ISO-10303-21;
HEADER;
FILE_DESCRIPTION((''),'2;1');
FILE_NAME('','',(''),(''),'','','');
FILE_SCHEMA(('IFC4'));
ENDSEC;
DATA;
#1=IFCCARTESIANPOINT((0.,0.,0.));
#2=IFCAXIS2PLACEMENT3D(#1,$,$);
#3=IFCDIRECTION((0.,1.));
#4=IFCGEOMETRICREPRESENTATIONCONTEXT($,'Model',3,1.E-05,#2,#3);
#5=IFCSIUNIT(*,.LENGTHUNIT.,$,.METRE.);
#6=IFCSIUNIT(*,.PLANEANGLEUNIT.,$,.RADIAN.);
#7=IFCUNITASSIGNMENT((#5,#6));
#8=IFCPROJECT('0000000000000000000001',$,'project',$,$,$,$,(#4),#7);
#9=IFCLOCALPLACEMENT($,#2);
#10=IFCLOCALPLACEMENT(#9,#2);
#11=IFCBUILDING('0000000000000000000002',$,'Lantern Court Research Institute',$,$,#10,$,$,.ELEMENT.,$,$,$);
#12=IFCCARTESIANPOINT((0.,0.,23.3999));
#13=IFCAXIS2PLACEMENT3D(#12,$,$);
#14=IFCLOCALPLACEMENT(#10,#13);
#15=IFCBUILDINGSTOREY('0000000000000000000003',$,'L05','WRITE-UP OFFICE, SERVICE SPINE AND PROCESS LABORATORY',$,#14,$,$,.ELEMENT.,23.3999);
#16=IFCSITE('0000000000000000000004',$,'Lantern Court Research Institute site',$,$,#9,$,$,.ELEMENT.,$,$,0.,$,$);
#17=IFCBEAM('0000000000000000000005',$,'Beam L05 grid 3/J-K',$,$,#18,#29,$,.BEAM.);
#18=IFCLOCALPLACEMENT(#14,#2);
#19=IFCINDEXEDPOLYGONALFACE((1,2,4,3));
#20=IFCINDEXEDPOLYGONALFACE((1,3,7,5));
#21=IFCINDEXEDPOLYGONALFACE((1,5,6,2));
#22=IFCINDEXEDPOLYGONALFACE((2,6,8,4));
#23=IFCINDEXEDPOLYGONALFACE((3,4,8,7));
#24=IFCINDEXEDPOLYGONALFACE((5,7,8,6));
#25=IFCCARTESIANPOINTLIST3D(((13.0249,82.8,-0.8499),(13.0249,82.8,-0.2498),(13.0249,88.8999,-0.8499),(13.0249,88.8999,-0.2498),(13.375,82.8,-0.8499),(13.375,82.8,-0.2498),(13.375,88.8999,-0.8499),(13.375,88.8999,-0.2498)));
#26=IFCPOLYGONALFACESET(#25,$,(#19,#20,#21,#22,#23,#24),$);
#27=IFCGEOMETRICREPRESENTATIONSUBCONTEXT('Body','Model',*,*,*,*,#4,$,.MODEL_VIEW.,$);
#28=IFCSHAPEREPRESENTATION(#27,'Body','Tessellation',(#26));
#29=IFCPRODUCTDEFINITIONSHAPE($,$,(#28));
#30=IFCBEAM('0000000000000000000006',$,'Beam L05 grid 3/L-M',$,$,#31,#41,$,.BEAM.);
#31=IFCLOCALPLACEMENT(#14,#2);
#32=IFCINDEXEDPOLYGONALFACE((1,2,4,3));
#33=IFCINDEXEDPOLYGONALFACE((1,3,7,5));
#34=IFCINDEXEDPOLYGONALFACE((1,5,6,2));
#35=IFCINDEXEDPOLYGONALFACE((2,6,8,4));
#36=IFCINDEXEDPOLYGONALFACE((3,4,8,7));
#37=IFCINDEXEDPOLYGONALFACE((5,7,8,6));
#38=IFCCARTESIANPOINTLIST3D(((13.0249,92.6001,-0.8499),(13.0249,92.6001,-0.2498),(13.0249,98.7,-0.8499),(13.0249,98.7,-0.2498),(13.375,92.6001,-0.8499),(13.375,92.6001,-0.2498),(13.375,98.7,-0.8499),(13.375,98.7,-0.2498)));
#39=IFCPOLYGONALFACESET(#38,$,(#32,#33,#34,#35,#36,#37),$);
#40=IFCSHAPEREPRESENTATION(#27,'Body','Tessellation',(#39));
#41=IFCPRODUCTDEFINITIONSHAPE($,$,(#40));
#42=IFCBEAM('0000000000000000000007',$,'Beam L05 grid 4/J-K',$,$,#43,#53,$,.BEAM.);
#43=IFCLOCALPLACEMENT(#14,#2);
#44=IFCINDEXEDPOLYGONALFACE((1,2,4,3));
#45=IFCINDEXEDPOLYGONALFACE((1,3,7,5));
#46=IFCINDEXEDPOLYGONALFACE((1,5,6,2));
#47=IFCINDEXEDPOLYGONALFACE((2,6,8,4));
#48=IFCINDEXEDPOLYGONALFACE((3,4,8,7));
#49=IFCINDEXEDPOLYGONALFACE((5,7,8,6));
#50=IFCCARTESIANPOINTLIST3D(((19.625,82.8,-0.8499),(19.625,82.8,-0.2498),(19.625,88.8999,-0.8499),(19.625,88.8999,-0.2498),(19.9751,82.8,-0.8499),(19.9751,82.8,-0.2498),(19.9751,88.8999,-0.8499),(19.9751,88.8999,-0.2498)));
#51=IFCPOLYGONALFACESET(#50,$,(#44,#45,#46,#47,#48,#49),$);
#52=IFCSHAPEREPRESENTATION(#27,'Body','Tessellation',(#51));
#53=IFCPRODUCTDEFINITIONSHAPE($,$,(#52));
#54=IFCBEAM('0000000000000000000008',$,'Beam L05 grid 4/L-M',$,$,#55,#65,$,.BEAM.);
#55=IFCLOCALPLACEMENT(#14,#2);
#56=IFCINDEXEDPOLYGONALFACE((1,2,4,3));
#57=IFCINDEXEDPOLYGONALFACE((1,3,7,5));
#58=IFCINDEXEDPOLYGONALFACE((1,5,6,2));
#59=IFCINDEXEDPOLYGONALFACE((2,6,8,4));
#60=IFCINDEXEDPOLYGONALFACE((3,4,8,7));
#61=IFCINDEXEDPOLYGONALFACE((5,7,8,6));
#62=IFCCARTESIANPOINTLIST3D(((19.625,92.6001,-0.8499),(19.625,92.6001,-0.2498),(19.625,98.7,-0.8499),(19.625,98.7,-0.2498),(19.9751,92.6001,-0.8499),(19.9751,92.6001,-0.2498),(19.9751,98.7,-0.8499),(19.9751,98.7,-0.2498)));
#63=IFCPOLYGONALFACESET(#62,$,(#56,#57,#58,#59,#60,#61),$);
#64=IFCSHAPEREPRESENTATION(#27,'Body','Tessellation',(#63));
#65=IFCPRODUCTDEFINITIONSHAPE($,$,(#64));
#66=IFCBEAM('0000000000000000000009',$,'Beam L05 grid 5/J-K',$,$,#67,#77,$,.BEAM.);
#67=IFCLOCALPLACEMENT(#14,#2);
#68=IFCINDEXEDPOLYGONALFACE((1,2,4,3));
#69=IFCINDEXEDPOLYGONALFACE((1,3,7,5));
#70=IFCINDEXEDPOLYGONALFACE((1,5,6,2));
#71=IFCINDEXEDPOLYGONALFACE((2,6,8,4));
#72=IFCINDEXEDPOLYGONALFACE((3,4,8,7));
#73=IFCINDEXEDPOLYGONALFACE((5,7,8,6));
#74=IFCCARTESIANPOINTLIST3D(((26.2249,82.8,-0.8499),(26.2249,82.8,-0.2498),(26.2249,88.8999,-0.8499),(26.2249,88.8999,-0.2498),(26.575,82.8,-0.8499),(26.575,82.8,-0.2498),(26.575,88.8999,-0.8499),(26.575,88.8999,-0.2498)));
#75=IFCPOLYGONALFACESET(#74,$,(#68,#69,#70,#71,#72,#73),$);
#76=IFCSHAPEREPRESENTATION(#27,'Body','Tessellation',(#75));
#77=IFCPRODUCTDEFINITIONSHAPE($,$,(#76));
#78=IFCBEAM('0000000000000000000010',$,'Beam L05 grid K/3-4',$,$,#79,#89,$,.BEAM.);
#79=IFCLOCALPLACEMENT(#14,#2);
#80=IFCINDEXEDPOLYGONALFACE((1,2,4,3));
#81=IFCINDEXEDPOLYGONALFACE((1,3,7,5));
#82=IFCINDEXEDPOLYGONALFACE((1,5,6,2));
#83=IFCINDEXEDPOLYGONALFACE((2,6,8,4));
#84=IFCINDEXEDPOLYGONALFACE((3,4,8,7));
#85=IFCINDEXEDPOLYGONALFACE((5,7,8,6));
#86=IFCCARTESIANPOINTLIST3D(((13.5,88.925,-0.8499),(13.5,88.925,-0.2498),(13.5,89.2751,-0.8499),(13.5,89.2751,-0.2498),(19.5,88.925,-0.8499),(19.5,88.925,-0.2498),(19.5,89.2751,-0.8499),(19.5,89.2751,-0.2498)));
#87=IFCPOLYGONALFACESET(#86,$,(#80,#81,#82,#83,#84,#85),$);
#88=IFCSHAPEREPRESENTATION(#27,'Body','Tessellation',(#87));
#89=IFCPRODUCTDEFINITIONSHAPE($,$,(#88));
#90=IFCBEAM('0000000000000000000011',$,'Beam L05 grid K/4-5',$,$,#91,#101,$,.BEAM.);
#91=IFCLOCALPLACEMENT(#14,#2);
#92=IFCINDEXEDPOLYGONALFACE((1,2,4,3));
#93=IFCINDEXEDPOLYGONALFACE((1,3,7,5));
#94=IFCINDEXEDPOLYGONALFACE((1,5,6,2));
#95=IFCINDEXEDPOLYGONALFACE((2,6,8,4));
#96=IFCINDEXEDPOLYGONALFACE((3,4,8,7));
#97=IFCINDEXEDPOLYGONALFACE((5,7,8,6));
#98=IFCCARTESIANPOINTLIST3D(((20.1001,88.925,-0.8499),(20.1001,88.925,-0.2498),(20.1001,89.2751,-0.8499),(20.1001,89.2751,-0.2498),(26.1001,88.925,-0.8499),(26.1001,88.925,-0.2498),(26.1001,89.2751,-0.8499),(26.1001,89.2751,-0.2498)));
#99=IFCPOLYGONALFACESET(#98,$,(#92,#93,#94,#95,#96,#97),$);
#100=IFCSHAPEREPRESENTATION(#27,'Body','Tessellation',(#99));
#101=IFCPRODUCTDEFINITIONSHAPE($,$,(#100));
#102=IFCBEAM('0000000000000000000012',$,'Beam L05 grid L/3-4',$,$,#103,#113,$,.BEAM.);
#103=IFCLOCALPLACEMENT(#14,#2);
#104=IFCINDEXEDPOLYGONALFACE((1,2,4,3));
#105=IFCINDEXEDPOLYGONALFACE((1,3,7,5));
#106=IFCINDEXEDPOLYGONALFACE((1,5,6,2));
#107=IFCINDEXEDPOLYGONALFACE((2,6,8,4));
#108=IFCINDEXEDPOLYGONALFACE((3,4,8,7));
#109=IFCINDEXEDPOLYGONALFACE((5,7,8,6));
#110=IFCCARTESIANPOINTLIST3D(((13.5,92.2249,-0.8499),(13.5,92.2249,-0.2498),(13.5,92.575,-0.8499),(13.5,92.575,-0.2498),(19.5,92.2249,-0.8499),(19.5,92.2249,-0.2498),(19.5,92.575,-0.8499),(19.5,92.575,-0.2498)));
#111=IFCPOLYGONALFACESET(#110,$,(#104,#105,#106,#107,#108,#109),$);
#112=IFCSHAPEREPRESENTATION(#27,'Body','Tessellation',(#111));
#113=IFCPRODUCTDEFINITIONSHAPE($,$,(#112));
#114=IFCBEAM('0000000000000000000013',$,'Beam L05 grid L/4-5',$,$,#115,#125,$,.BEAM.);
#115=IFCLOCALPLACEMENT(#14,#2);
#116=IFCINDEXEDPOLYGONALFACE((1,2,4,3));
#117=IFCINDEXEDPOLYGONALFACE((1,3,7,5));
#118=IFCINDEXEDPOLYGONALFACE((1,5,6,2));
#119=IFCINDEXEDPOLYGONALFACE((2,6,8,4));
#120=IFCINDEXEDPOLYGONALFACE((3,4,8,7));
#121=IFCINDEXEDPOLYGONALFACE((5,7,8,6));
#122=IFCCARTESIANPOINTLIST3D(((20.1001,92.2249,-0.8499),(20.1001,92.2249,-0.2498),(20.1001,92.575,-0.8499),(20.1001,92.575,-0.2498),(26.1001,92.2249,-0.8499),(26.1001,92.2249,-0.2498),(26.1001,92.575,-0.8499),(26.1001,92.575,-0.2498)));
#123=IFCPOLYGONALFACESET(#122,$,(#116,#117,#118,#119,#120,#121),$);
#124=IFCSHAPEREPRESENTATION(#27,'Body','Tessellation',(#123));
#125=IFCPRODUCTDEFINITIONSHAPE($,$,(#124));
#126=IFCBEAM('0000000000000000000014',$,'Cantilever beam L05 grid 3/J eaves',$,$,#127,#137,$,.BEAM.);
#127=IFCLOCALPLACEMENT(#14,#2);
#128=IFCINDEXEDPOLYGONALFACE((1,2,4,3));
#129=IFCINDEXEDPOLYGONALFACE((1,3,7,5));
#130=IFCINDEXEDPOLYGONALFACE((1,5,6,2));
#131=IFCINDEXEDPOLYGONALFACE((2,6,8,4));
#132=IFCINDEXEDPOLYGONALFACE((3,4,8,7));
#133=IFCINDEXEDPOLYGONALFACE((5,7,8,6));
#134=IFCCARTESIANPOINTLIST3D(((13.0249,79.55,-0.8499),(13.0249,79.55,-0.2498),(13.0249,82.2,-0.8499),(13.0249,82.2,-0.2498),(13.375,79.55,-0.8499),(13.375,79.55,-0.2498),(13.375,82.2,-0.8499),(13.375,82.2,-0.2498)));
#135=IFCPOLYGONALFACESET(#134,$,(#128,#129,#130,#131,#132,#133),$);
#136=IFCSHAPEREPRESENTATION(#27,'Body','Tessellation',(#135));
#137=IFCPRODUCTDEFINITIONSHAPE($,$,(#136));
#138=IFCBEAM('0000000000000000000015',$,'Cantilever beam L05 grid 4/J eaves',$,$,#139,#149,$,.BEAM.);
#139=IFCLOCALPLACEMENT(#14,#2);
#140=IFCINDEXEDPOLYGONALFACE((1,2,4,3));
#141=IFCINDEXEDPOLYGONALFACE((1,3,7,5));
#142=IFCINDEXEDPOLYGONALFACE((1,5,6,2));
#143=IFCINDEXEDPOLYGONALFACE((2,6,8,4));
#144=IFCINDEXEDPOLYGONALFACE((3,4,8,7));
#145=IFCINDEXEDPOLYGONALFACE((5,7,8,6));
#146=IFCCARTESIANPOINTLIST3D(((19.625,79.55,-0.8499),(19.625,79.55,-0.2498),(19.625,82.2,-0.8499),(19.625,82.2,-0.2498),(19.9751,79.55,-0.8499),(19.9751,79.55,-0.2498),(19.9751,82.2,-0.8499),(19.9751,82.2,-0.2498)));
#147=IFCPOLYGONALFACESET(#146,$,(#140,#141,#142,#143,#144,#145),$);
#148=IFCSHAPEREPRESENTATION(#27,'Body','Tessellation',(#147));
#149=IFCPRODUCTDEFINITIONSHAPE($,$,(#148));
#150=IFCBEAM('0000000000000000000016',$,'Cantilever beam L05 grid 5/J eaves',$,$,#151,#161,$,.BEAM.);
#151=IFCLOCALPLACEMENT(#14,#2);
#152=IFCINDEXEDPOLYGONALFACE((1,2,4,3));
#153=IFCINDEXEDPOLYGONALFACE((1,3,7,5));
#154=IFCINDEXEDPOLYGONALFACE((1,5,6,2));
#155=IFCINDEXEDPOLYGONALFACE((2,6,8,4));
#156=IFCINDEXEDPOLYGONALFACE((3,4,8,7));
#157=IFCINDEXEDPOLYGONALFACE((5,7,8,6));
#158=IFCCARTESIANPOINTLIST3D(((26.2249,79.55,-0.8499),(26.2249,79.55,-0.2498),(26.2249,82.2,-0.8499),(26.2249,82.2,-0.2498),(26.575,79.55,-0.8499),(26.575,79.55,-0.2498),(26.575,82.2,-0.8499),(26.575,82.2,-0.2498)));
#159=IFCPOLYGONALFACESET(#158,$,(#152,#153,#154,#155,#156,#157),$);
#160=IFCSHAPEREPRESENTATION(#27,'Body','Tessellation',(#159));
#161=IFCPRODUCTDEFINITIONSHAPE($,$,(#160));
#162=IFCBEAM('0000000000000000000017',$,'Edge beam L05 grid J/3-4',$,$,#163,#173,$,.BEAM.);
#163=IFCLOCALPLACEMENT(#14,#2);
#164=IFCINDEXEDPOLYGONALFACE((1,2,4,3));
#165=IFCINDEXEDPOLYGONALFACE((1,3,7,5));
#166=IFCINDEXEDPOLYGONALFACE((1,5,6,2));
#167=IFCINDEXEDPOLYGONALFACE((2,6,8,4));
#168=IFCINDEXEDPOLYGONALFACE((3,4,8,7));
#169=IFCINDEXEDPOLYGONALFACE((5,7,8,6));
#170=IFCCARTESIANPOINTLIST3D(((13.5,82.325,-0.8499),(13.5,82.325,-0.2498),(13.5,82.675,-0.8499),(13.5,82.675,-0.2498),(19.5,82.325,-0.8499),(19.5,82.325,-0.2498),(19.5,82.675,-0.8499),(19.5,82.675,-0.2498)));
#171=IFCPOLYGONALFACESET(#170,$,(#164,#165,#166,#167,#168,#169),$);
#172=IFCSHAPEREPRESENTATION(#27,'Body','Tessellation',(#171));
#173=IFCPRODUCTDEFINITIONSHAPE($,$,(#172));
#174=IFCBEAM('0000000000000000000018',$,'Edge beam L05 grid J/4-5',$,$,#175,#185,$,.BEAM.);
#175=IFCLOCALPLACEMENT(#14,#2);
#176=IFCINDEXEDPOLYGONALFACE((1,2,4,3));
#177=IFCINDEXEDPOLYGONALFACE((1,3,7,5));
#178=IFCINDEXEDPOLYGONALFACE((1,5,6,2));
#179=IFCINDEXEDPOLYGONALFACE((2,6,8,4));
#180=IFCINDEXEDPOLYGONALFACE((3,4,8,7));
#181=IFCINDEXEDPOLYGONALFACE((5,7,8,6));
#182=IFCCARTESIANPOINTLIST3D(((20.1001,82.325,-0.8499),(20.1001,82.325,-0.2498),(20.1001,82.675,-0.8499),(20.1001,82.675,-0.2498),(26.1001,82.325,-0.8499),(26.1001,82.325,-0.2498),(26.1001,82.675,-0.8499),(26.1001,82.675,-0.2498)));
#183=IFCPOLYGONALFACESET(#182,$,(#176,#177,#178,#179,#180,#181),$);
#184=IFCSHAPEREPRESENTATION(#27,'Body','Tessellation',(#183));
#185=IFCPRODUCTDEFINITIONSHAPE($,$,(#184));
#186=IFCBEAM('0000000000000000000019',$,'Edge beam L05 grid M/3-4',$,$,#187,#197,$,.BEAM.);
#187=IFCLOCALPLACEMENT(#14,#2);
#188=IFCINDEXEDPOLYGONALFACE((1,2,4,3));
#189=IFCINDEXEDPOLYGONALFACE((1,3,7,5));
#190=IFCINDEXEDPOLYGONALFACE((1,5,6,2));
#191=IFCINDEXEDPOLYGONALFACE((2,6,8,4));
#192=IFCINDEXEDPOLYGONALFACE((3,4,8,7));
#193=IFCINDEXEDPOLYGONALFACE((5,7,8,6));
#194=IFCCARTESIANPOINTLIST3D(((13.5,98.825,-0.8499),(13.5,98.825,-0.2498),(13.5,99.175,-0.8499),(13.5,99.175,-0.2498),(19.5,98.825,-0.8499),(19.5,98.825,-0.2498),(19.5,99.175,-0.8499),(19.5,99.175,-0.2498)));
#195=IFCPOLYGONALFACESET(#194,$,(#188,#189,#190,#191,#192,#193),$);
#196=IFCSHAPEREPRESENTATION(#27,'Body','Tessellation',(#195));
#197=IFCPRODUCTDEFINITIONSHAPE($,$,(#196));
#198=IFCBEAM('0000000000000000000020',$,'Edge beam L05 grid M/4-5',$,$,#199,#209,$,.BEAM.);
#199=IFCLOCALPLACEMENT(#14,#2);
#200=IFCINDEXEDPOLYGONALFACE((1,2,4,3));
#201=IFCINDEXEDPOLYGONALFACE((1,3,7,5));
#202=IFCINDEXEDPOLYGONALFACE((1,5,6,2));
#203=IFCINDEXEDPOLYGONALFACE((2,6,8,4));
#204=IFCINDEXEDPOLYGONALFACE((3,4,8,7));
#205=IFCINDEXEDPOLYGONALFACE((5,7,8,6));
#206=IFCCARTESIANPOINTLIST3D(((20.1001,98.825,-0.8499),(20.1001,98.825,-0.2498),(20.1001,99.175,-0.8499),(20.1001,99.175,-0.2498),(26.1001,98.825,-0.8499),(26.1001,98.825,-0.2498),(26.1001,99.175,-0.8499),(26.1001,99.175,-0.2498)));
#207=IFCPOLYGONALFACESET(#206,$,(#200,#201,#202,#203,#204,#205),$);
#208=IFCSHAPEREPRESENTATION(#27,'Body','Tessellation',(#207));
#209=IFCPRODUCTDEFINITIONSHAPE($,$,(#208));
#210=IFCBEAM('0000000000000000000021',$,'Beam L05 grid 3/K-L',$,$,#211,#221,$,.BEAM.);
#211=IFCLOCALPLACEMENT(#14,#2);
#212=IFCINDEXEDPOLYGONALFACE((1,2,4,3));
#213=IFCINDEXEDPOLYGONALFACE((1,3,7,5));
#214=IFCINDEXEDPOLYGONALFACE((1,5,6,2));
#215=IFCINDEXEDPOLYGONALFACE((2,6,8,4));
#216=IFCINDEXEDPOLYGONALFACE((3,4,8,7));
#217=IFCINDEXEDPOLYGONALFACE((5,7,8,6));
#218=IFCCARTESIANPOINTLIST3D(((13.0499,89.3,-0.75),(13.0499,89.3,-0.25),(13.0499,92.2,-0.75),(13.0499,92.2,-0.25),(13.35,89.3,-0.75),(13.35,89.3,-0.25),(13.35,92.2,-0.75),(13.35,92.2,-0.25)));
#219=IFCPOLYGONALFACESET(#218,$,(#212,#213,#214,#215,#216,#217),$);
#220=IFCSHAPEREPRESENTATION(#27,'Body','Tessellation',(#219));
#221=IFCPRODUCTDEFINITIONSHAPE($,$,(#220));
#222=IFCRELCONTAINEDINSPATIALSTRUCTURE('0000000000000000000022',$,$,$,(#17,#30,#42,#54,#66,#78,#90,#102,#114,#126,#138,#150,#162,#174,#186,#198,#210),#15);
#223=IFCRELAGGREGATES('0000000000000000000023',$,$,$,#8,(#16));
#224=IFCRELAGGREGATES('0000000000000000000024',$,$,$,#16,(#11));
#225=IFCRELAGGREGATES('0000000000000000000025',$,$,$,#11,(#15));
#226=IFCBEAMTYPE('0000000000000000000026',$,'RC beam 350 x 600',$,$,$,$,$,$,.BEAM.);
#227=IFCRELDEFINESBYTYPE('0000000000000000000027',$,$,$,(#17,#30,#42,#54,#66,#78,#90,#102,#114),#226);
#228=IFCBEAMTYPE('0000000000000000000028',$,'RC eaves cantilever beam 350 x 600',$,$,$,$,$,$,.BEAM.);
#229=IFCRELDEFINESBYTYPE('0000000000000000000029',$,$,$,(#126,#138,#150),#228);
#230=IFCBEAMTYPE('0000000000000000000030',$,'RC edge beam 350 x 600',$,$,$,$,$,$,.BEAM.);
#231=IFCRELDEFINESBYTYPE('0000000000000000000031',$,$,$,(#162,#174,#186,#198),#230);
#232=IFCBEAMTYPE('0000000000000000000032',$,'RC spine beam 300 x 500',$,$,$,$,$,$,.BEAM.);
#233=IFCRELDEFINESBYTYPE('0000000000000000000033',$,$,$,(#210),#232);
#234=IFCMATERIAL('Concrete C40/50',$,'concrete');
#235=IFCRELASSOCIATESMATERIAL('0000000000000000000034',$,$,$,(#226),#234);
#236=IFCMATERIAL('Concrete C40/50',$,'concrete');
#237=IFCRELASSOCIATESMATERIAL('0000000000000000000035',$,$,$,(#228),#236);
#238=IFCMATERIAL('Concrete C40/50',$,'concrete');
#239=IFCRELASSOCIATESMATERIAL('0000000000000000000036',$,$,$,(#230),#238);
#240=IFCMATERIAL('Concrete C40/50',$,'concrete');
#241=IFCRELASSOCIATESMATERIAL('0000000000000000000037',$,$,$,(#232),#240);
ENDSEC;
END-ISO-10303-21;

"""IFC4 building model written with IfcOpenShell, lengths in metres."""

from ifc_helpers import new_model, si_unit, direction, frame, origin, origin_2d, place, context, subcontext, project, spatial, rectangle, extrude, material, material_profile, profile_set, type_object, element, save


model = new_model("IFC4")

# Units and contexts
model_context = context("Model", 3, precision=1e-05, world=origin(), true_north=direction((0.0, 1.0)))
body_context = subcontext(model_context, "Body", "Model", "MODEL_VIEW")
ifc_project = project(units=[si_unit("LENGTHUNIT", "METRE"), si_unit("PLANEANGLEUNIT", "RADIAN")], contexts=[model_context])

# Site, building, storey
site_placement = place(None, origin())
site = spatial("IfcSite", under=ifc_project, at=site_placement, Name="Lantern Court Research Institute site", CompositionType="ELEMENT", RefElevation=0.0)
building_placement = place(site_placement, origin())
building = spatial("IfcBuilding", under=site, at=building_placement, Name="Lantern Court Research Institute", CompositionType="ELEMENT")
storey_placement = place(building_placement, frame((0.0, 0.0, 23.3999)))
storey = spatial("IfcBuildingStorey", under=building, at=storey_placement, Name="L05", Description="WRITE-UP OFFICE, SERVICE SPINE AND PROCESS LABORATORY", CompositionType="ELEMENT", Elevation=23.3999)

# Beams
ifc_material_1 = material(Name="Concrete C40/50", Category="concrete")
ifc_material_profile_1 = material_profile(ifc_material_1, rectangle(XDim=0.3501, YDim=0.6001, at=origin_2d()), Name="RC beam 350 x 600")
ifc_profile_set_1 = profile_set([ifc_material_profile_1], Name="Concrete C40/50")
beam_type_1 = type_object("IfcBeamType", Name="RC beam 350 x 600", PredefinedType="BEAM", material=ifc_profile_set_1)
for number, where, z_axis, x_axis, name in (
    (1, (13.2, 82.8, -0.5498), (0.0, 1.0, 0.0), (-1.0, 0.0, 0.0), "Beam L05 grid 3/J-K"),
    (2, (13.2, 92.6001, -0.5498), (0.0, 1.0, 0.0), (-1.0, 0.0, 0.0), "Beam L05 grid 3/L-M"),
    (3, (19.8, 82.8, -0.5498), (0.0, 1.0, 0.0), (-1.0, 0.0, 0.0), "Beam L05 grid 4/J-K"),
    (4, (19.8, 92.6001, -0.5498), (0.0, 1.0, 0.0), (-1.0, 0.0, 0.0), "Beam L05 grid 4/L-M"),
    (5, (26.3999, 82.8, -0.5498), (0.0, 1.0, 0.0), (-1.0, 0.0, 0.0), "Beam L05 grid 5/J-K"),
):
    element("IfcBeam", number, at=place(storey_placement, frame(where, z_axis=z_axis, x_axis=x_axis)), inside=storey, type_object=beam_type_1, Name=name, PredefinedType="BEAM", context=body_context, shape_type="SweptSolid", body=[
        extrude(rectangle(XDim=0.3501, YDim=0.6001, at=origin_2d()), origin(), (0.0, 0.0, 1.0), 6.0999),
    ])
for number, where, z_axis, x_axis, name in (
    (6, (13.5, 89.1001, -0.5498), (1.0, 0.0, 0.0), (0.0, 1.0, 0.0), "Beam L05 grid K/3-4"),
    (7, (20.1001, 89.1001, -0.5498), (1.0, 0.0, 0.0), (0.0, 1.0, 0.0), "Beam L05 grid K/4-5"),
    (8, (13.5, 92.3999, -0.5498), (1.0, 0.0, 0.0), (0.0, 1.0, 0.0), "Beam L05 grid L/3-4"),
    (9, (20.1001, 92.3999, -0.5498), (1.0, 0.0, 0.0), (0.0, 1.0, 0.0), "Beam L05 grid L/4-5"),
):
    element("IfcBeam", number, at=place(storey_placement, frame(where, z_axis=z_axis, x_axis=x_axis)), inside=storey, type_object=beam_type_1, Name=name, PredefinedType="BEAM", context=body_context, shape_type="SweptSolid", body=[
        extrude(rectangle(XDim=0.3501, YDim=0.6001, at=origin_2d()), origin(), (0.0, 0.0, 1.0), 6.0),
    ])
ifc_material_2 = material(Name="Concrete C40/50", Category="concrete")
ifc_material_profile_2 = material_profile(ifc_material_2, rectangle(XDim=0.3501, YDim=0.6001, at=origin_2d()), Name="RC beam 350 x 600")
ifc_profile_set_2 = profile_set([ifc_material_profile_2], Name="Concrete C40/50")
beam_type_2 = type_object("IfcBeamType", Name="RC eaves cantilever beam 350 x 600", PredefinedType="BEAM", material=ifc_profile_set_2)
for number, where, z_axis, x_axis, name in (
    (10, (13.2, 82.2, -0.5498), (0.0, -1.0, 0.0), (1.0, 0.0, 0.0), "Cantilever beam L05 grid 3/J eaves"),
    (11, (19.8, 82.2, -0.5498), (0.0, -1.0, 0.0), (1.0, 0.0, 0.0), "Cantilever beam L05 grid 4/J eaves"),
    (12, (26.3999, 82.2, -0.5498), (0.0, -1.0, 0.0), (1.0, 0.0, 0.0), "Cantilever beam L05 grid 5/J eaves"),
):
    element("IfcBeam", number, at=place(storey_placement, frame(where, z_axis=z_axis, x_axis=x_axis)), inside=storey, type_object=beam_type_2, Name=name, PredefinedType="BEAM", context=body_context, shape_type="SweptSolid", body=[
        extrude(rectangle(XDim=0.3501, YDim=0.6001, at=origin_2d()), origin(), (0.0, 0.0, 1.0), 2.6499),
    ])
ifc_material_3 = material(Name="Concrete C40/50", Category="concrete")
ifc_material_profile_3 = material_profile(ifc_material_3, rectangle(XDim=0.3501, YDim=0.6001, at=origin_2d()), Name="RC beam 350 x 600")
ifc_profile_set_3 = profile_set([ifc_material_profile_3], Name="Concrete C40/50")
beam_type_3 = type_object("IfcBeamType", Name="RC edge beam 350 x 600", PredefinedType="BEAM", material=ifc_profile_set_3)
for number, where, z_axis, x_axis, name in (
    (13, (13.5, 82.5, -0.5498), (1.0, 0.0, 0.0), (0.0, 1.0, 0.0), "Edge beam L05 grid J/3-4"),
    (14, (20.1001, 82.5, -0.5498), (1.0, 0.0, 0.0), (0.0, 1.0, 0.0), "Edge beam L05 grid J/4-5"),
    (15, (13.5, 99.0, -0.5498), (1.0, 0.0, 0.0), (0.0, 1.0, 0.0), "Edge beam L05 grid M/3-4"),
    (16, (20.1001, 99.0, -0.5498), (1.0, 0.0, 0.0), (0.0, 1.0, 0.0), "Edge beam L05 grid M/4-5"),
):
    element("IfcBeam", number, at=place(storey_placement, frame(where, z_axis=z_axis, x_axis=x_axis)), inside=storey, type_object=beam_type_3, Name=name, PredefinedType="BEAM", context=body_context, shape_type="SweptSolid", body=[
        extrude(rectangle(XDim=0.3501, YDim=0.6001, at=origin_2d()), origin(), (0.0, 0.0, 1.0), 6.0),
    ])
ifc_material_4 = material(Name="Concrete C40/50", Category="concrete")
ifc_material_profile_4 = material_profile(ifc_material_4, rectangle(XDim=0.3, YDim=0.5, at=origin_2d()), Name="RC beam 300 x 500")
ifc_profile_set_4 = profile_set([ifc_material_profile_4], Name="Concrete C40/50")
beam_type_4 = type_object("IfcBeamType", Name="RC spine beam 300 x 500", PredefinedType="BEAM", material=ifc_profile_set_4)
for number, where, z_axis, x_axis, name in (
    (17, (13.2, 89.3, -0.5), (0.0, 1.0, 0.0), (-1.0, 0.0, 0.0), "Beam L05 grid 3/K-L"),
):
    element("IfcBeam", number, at=place(storey_placement, frame(where, z_axis=z_axis, x_axis=x_axis)), inside=storey, type_object=beam_type_4, Name=name, PredefinedType="BEAM", context=body_context, shape_type="SweptSolid", body=[
        extrude(rectangle(XDim=0.3, YDim=0.5, at=origin_2d()), origin(), (0.0, 0.0, 1.0), 2.8999),
    ])

save(model, "model.ifc")
